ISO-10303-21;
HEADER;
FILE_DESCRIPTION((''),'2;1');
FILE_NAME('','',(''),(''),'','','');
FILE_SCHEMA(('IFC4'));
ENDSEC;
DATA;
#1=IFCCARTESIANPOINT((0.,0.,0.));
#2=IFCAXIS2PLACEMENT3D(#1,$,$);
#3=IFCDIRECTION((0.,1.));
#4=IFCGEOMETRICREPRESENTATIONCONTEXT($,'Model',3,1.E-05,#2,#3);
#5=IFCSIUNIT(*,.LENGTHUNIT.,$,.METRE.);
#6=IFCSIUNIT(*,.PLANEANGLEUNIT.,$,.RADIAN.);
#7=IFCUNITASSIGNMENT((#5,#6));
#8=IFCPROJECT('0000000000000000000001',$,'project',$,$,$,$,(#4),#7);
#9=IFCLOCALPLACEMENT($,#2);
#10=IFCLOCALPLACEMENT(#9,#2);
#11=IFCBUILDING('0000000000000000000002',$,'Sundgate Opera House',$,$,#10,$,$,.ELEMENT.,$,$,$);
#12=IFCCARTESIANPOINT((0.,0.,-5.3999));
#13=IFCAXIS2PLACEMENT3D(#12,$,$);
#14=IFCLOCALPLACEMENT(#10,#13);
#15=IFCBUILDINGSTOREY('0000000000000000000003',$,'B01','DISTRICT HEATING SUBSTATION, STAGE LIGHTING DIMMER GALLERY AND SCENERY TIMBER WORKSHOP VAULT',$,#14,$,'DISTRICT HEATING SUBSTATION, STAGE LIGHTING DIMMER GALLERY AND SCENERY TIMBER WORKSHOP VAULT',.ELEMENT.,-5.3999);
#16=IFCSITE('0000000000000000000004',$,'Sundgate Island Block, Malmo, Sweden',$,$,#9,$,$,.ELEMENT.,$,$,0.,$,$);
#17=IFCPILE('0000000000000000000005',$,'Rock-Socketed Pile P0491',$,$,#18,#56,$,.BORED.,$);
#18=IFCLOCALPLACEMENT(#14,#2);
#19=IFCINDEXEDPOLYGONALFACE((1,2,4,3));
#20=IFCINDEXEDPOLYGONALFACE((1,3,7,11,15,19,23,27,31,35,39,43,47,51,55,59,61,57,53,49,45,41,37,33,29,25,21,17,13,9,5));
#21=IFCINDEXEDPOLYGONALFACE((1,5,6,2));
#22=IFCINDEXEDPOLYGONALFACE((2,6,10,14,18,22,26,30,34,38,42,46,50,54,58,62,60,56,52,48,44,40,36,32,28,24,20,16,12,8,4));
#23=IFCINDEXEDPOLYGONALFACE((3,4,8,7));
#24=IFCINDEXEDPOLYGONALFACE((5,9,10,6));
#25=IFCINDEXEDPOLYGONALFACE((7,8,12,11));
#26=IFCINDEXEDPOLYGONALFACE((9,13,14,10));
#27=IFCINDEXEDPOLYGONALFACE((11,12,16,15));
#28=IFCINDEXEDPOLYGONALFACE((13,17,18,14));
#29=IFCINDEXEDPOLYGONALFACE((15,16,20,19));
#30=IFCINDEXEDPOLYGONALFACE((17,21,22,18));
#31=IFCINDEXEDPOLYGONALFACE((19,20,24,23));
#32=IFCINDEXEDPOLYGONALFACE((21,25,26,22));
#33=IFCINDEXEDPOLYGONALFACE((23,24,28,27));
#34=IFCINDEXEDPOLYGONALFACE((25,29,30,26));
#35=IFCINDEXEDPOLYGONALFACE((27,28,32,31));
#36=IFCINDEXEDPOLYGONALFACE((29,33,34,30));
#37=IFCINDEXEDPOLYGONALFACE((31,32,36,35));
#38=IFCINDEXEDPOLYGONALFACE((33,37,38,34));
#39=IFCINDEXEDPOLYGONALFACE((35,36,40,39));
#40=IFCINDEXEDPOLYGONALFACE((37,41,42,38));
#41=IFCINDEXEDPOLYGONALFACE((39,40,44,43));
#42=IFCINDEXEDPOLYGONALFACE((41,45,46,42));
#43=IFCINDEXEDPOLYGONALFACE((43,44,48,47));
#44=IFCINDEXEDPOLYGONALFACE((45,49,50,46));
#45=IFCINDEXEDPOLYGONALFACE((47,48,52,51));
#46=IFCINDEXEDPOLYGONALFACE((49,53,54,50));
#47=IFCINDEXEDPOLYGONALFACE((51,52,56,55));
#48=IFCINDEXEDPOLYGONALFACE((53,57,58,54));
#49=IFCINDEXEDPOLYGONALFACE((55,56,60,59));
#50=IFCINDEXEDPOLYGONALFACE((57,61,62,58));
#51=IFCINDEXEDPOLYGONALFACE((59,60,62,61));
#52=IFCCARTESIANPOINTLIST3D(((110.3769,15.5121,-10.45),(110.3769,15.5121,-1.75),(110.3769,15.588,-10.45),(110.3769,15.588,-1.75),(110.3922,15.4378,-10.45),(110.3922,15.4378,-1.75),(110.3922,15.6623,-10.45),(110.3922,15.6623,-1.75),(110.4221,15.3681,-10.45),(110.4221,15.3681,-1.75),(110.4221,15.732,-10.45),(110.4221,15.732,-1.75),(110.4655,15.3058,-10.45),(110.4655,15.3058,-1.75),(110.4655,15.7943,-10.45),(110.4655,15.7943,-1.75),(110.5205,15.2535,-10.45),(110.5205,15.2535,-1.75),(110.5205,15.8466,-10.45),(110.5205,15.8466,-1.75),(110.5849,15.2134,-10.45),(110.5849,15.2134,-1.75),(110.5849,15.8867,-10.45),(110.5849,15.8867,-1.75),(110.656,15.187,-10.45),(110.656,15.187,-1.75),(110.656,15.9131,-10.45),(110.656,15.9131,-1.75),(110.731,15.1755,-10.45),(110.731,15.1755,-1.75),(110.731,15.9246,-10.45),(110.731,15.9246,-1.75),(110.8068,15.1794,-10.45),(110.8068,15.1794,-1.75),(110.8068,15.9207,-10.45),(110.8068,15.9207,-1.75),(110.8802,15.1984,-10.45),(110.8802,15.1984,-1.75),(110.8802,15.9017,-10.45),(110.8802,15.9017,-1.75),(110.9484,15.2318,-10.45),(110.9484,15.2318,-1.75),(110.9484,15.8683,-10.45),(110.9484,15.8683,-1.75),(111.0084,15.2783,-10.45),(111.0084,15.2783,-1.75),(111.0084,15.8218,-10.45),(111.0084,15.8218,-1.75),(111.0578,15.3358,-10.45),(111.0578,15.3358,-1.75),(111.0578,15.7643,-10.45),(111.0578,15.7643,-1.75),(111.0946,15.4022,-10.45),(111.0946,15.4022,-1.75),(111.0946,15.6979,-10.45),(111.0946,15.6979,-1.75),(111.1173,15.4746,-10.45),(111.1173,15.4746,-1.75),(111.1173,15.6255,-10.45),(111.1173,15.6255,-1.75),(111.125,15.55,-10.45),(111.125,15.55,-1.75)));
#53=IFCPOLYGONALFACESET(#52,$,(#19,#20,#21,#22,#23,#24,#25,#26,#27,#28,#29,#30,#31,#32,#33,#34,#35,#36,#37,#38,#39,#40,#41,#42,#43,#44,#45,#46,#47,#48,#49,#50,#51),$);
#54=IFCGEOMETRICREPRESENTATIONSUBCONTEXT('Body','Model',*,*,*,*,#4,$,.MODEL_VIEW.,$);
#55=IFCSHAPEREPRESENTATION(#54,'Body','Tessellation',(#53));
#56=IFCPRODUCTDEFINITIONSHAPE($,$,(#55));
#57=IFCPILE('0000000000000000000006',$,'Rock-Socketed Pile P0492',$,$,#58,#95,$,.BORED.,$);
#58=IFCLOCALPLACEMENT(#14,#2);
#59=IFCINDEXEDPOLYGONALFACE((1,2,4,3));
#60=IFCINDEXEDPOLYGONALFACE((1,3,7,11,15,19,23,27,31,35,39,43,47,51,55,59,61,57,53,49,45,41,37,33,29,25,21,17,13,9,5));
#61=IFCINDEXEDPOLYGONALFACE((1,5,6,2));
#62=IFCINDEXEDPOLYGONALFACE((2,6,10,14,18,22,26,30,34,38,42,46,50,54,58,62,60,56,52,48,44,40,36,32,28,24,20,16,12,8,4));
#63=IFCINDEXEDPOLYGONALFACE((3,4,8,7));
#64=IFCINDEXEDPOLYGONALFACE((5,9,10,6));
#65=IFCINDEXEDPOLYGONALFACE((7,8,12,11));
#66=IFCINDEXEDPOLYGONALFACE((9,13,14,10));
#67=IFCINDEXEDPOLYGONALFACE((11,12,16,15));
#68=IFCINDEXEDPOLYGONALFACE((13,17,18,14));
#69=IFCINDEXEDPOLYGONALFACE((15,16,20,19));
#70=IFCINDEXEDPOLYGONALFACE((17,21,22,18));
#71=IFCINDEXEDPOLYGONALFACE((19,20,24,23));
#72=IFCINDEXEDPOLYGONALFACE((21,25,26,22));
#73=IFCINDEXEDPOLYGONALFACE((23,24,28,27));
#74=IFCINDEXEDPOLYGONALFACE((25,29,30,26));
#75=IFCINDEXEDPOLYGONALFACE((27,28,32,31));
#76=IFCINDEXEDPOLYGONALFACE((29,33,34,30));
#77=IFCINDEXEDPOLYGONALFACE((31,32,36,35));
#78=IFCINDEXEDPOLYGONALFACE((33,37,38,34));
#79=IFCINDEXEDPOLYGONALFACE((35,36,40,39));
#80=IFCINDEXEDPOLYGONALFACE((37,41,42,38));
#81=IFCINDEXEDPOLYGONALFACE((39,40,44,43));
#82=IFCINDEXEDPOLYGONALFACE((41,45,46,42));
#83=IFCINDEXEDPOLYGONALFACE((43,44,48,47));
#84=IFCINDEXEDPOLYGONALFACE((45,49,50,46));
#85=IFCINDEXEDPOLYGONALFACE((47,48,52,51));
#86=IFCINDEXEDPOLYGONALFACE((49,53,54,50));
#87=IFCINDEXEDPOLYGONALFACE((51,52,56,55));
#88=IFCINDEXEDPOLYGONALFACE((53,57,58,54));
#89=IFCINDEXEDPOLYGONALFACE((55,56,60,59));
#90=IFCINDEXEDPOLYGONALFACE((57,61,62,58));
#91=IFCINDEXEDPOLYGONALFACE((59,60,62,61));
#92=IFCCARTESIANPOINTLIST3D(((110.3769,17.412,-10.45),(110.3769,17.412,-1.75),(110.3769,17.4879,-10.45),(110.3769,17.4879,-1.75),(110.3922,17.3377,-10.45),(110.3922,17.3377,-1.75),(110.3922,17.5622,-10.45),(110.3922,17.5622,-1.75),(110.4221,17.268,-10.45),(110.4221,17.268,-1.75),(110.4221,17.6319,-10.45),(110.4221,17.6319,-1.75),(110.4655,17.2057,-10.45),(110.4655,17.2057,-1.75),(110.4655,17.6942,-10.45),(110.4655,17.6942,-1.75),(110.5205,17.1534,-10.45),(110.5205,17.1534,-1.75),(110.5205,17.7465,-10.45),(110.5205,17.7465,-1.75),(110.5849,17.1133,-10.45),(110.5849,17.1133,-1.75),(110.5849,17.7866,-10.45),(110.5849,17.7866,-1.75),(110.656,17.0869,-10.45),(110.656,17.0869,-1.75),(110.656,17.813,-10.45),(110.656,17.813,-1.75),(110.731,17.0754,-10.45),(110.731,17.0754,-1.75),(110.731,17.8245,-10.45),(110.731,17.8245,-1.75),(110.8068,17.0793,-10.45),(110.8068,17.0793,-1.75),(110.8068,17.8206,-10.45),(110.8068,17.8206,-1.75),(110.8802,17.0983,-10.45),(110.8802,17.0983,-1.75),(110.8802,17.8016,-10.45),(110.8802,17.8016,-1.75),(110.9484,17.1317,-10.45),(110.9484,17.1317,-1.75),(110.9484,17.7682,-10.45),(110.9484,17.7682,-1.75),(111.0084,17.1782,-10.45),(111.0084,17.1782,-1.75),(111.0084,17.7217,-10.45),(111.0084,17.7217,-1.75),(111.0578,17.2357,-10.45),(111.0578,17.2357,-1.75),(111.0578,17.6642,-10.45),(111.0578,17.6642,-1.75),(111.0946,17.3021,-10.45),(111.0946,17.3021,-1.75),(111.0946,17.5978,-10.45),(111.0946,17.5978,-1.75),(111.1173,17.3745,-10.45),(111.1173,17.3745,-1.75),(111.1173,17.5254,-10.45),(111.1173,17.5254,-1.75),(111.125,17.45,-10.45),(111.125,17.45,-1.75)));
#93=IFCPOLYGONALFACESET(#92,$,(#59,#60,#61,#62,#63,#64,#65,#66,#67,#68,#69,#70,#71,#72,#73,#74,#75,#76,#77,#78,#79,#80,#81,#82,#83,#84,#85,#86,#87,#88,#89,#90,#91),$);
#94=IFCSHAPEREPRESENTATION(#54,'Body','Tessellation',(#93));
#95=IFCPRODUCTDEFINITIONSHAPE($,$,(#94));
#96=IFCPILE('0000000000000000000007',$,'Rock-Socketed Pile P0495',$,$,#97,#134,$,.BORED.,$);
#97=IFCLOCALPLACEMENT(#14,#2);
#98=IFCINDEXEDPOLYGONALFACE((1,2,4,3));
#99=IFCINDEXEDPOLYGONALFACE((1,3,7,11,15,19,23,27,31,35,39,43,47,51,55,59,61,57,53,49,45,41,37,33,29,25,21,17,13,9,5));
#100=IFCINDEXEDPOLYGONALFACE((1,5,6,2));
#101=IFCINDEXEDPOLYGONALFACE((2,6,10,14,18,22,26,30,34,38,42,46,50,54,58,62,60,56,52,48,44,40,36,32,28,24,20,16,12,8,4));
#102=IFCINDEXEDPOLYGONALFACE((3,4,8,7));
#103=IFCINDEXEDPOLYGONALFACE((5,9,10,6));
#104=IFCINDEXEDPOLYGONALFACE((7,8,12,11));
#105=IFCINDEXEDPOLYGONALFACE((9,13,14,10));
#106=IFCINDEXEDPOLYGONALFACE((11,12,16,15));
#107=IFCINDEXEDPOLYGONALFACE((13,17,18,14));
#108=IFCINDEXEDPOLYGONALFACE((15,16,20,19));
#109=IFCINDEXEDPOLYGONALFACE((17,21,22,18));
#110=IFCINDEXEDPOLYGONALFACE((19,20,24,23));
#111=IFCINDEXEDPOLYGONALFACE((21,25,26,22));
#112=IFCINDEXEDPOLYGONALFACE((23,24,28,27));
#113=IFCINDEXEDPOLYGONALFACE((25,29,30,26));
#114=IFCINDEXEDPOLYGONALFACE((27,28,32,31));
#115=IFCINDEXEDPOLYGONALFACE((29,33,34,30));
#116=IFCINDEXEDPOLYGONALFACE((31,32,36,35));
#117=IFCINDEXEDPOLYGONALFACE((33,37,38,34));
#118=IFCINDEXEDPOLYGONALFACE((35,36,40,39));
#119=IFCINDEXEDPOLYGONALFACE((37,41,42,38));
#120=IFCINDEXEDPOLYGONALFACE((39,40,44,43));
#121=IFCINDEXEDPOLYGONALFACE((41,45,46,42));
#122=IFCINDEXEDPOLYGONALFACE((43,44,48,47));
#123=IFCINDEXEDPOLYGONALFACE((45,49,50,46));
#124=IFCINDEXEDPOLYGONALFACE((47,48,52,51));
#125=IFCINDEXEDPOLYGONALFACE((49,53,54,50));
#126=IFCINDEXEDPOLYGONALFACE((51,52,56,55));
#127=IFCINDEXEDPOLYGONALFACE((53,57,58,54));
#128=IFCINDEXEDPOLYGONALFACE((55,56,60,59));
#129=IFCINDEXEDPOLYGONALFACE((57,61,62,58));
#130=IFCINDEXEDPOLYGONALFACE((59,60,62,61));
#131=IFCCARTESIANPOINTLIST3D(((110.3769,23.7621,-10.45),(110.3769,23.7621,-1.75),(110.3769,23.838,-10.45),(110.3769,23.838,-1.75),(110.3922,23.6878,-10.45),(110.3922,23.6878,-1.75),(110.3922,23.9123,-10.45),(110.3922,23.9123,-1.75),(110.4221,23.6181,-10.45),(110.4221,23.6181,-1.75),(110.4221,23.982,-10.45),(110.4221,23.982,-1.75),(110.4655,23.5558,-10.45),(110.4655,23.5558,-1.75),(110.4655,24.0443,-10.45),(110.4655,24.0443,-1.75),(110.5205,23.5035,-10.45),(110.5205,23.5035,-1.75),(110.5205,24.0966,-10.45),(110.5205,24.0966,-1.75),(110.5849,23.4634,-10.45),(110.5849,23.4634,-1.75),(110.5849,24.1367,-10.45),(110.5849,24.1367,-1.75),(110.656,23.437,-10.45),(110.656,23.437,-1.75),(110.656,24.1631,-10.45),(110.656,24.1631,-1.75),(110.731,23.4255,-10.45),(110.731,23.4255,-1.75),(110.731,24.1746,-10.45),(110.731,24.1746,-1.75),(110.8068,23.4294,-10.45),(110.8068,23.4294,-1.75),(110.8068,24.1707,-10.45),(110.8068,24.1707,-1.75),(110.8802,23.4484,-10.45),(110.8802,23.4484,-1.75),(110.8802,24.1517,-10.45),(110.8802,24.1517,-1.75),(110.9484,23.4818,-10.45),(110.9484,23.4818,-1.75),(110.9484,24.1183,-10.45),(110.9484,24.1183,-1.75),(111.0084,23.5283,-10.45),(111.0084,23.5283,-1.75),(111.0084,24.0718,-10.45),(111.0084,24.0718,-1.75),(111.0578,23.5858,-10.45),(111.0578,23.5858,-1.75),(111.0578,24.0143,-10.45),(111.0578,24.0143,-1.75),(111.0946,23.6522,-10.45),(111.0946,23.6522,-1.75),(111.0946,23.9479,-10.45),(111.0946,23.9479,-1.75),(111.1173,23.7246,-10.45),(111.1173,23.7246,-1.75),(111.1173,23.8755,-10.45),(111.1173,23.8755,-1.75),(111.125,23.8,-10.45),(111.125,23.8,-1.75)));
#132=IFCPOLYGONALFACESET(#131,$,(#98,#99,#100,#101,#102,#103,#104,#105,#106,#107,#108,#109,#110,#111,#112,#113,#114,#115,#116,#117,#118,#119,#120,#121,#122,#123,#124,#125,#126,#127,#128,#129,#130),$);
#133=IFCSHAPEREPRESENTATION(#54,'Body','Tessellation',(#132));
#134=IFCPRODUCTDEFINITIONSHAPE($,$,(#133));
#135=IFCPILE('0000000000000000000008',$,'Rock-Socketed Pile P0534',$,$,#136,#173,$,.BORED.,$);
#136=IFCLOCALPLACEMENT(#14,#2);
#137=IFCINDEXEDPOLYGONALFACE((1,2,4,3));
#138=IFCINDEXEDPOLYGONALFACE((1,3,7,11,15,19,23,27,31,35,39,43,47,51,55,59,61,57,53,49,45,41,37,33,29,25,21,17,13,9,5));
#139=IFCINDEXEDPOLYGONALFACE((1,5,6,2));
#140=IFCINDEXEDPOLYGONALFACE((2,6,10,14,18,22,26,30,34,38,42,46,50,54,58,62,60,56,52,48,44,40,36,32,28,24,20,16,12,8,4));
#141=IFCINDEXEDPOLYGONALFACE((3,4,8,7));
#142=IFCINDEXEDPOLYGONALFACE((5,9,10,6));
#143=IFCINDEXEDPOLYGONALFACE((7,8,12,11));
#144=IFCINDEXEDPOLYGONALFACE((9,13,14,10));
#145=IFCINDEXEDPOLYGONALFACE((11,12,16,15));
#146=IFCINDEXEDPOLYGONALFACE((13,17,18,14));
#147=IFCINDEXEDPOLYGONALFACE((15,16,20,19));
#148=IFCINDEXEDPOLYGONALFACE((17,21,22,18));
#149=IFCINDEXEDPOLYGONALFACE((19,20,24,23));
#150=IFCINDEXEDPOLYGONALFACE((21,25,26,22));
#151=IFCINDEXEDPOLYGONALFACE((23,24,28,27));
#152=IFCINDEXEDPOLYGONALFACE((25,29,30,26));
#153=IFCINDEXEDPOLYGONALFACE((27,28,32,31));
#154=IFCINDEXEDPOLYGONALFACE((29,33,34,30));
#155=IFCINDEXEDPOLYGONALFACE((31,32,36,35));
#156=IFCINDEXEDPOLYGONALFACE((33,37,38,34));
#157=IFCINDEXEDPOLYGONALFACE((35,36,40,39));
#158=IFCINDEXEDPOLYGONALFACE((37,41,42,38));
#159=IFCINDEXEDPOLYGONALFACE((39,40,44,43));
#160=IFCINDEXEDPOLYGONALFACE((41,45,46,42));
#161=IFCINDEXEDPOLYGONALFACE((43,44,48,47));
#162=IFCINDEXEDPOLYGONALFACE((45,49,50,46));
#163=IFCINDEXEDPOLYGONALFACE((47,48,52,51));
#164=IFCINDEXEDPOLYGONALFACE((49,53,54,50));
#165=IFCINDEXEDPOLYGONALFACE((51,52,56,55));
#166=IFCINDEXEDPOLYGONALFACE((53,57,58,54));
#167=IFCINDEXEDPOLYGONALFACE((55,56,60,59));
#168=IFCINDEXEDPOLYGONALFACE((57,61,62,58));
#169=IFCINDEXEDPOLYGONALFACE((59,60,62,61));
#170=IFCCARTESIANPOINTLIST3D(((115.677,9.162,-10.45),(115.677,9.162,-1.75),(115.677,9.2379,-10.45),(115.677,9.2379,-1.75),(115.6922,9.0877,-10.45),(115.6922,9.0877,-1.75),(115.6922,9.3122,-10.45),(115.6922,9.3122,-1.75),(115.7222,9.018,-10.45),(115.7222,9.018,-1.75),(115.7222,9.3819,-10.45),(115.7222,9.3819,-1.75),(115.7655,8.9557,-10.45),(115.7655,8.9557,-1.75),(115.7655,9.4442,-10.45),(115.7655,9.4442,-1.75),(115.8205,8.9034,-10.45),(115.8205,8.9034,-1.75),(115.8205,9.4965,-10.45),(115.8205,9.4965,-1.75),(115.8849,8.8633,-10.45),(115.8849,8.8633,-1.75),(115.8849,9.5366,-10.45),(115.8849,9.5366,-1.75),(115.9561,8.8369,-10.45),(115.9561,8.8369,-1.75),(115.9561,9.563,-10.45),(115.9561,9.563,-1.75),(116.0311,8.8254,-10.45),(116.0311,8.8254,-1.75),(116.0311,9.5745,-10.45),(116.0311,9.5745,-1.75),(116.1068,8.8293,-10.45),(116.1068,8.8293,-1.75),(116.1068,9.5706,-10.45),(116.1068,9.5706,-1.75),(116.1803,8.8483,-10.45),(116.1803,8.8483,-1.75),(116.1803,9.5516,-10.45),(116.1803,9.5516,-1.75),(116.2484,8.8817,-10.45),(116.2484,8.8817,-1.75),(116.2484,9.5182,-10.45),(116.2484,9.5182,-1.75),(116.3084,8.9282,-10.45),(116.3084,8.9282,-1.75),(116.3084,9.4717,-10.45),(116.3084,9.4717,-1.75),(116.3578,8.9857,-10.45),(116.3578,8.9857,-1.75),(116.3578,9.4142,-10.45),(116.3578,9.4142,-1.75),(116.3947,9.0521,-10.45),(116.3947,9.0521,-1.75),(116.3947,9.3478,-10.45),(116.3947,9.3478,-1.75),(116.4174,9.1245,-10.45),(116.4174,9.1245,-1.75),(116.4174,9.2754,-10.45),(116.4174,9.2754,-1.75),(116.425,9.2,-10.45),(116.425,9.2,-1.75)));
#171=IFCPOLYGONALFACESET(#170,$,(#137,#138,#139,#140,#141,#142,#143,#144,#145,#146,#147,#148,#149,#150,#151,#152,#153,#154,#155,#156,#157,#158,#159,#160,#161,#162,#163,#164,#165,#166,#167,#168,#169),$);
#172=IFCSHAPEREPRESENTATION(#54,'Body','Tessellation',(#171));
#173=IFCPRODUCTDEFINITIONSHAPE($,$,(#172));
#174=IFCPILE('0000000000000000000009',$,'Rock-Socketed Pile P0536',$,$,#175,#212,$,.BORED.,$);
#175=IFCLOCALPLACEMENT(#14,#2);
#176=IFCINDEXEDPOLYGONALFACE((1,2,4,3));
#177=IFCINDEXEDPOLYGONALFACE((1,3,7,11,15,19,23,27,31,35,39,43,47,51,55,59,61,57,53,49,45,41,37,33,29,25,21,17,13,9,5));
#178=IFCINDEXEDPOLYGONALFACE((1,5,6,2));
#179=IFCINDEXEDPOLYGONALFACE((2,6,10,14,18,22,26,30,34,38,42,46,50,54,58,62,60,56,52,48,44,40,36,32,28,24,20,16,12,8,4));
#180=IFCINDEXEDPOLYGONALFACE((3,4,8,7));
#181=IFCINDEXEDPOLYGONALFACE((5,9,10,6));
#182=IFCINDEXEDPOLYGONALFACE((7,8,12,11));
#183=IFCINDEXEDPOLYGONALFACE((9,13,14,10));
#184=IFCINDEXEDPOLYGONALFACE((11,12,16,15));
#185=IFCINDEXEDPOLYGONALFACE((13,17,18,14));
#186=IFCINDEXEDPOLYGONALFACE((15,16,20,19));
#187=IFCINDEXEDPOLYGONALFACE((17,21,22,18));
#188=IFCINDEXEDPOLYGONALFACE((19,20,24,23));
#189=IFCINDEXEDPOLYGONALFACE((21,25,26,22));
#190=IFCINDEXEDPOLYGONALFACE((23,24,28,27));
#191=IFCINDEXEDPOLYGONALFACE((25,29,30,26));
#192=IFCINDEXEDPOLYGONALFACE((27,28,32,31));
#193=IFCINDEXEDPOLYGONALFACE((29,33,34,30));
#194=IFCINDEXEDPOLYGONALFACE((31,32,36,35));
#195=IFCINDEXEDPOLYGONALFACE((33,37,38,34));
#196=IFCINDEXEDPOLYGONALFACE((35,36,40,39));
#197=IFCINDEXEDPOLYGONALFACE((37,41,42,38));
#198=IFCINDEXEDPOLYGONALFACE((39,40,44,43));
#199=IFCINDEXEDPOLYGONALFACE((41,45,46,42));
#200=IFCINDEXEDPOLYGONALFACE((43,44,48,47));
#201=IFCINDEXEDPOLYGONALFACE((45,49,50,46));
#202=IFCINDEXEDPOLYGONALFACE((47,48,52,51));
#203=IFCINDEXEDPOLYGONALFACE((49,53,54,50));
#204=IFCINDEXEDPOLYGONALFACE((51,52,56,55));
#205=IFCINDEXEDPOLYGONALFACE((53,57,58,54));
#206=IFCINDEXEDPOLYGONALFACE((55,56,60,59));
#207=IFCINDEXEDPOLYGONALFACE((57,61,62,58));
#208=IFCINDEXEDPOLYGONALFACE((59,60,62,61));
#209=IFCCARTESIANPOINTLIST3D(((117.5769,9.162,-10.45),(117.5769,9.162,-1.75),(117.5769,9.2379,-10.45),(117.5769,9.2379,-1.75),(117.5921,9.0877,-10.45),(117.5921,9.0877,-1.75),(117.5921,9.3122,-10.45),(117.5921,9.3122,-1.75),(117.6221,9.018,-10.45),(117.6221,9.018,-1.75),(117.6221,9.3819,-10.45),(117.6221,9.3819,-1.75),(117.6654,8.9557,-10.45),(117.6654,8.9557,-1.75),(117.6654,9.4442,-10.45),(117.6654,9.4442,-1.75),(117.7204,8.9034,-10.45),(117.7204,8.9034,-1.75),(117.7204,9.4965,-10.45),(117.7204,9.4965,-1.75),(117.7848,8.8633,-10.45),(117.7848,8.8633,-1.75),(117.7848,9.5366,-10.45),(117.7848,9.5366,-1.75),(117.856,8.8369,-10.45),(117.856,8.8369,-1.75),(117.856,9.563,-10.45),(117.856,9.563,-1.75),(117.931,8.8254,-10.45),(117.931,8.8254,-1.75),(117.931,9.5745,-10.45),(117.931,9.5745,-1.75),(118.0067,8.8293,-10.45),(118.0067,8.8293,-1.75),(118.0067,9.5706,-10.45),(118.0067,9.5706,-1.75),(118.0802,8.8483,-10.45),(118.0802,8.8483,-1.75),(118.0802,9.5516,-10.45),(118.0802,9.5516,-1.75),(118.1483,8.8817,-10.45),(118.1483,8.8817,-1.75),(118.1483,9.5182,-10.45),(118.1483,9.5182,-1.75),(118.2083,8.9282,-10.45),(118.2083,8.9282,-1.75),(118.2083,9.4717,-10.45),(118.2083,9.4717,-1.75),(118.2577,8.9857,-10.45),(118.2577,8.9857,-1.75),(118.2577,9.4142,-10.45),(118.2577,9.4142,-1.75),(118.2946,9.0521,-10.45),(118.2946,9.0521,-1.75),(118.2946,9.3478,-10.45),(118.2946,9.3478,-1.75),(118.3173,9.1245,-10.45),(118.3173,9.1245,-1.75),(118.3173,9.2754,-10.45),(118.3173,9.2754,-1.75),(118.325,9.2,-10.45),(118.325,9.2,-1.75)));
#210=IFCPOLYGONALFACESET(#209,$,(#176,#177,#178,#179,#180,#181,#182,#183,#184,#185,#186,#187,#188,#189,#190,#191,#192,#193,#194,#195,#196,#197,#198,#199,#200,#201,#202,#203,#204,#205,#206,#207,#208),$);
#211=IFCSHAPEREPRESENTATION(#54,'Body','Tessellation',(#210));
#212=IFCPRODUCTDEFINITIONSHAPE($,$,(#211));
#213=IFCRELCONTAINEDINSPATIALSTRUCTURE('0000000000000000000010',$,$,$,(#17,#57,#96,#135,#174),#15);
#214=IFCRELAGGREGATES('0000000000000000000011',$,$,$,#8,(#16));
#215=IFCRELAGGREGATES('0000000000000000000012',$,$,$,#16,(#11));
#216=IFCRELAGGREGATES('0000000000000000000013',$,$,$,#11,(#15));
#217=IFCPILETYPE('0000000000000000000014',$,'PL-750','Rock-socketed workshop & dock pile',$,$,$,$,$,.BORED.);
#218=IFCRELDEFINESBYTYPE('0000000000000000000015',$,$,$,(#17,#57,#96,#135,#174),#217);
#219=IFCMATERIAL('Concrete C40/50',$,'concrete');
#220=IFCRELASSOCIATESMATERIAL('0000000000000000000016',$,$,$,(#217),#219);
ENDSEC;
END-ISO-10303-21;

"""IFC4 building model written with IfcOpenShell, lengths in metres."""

from ifc_helpers import new_model, si_unit, direction, frame, origin, origin_2d, place, context, subcontext, project, spatial, circle, extrude, material, material_profile, profile_set, type_object, element, save


model = new_model("IFC4")

# Units and contexts
model_context = context("Model", 3, precision=1e-05, world=origin(), true_north=direction((0.0, 1.0)))
body_context = subcontext(model_context, "Body", "Model", "MODEL_VIEW")
ifc_project = project(units=[si_unit("LENGTHUNIT", "METRE"), si_unit("PLANEANGLEUNIT", "RADIAN")], contexts=[model_context])

# Site, building, storey
site_placement = place(None, origin())
site = spatial("IfcSite", under=ifc_project, at=site_placement, Name="Sundgate Island Block, Malmo, Sweden", CompositionType="ELEMENT", RefElevation=0.0)
building_placement = place(site_placement, origin())
building = spatial("IfcBuilding", under=site, at=building_placement, Name="Sundgate Opera House", CompositionType="ELEMENT")
storey_placement = place(building_placement, frame((0.0, 0.0, -5.3999)))
storey = spatial("IfcBuildingStorey", under=building, at=storey_placement, Name="B01", Description="DISTRICT HEATING SUBSTATION, STAGE LIGHTING DIMMER GALLERY AND SCENERY TIMBER WORKSHOP VAULT", LongName="DISTRICT HEATING SUBSTATION, STAGE LIGHTING DIMMER GALLERY AND SCENERY TIMBER WORKSHOP VAULT", CompositionType="ELEMENT", Elevation=-5.3999)

# Piles
ifc_material_1 = material(Name="Concrete C40/50", Category="concrete")
ifc_material_profile_1 = material_profile(ifc_material_1, circle(Radius=0.375, at=origin_2d()), Name="PILE D750")
ifc_profile_set_1 = profile_set([ifc_material_profile_1], Name="Concrete C40/50")
pile_type = type_object("IfcPileType", Name="PL-750", Description="Rock-socketed workshop & dock pile", PredefinedType="BORED", material=ifc_profile_set_1)
for number, where, z_axis, x_axis, name in (
    (1, (110.75, 15.55, -1.75), (0.0, 0.0, -1.0), (1.0, 0.0, 0.0), "Rock-Socketed Pile P0491"),
    (2, (110.75, 17.45, -1.75), (0.0, 0.0, -1.0), (1.0, 0.0, 0.0), "Rock-Socketed Pile P0492"),
    (3, (110.75, 23.8, -1.75), (0.0, 0.0, -1.0), (1.0, 0.0, 0.0), "Rock-Socketed Pile P0495"),
    (4, (116.05, 9.2, -1.75), (0.0, 0.0, -1.0), (1.0, 0.0, 0.0), "Rock-Socketed Pile P0534"),
    (5, (117.95, 9.2, -1.75), (0.0, 0.0, -1.0), (1.0, 0.0, 0.0), "Rock-Socketed Pile P0536"),
):
    element("IfcPile", number, at=place(storey_placement, frame(where, z_axis=z_axis, x_axis=x_axis)), inside=storey, type_object=pile_type, Name=name, PredefinedType="BORED", context=body_context, shape_type="SweptSolid", body=[
        extrude(circle(Radius=0.375, at=origin_2d()), origin(), (0.0, 0.0, 1.0), 8.7),
    ])

save(model, "model.ifc")
